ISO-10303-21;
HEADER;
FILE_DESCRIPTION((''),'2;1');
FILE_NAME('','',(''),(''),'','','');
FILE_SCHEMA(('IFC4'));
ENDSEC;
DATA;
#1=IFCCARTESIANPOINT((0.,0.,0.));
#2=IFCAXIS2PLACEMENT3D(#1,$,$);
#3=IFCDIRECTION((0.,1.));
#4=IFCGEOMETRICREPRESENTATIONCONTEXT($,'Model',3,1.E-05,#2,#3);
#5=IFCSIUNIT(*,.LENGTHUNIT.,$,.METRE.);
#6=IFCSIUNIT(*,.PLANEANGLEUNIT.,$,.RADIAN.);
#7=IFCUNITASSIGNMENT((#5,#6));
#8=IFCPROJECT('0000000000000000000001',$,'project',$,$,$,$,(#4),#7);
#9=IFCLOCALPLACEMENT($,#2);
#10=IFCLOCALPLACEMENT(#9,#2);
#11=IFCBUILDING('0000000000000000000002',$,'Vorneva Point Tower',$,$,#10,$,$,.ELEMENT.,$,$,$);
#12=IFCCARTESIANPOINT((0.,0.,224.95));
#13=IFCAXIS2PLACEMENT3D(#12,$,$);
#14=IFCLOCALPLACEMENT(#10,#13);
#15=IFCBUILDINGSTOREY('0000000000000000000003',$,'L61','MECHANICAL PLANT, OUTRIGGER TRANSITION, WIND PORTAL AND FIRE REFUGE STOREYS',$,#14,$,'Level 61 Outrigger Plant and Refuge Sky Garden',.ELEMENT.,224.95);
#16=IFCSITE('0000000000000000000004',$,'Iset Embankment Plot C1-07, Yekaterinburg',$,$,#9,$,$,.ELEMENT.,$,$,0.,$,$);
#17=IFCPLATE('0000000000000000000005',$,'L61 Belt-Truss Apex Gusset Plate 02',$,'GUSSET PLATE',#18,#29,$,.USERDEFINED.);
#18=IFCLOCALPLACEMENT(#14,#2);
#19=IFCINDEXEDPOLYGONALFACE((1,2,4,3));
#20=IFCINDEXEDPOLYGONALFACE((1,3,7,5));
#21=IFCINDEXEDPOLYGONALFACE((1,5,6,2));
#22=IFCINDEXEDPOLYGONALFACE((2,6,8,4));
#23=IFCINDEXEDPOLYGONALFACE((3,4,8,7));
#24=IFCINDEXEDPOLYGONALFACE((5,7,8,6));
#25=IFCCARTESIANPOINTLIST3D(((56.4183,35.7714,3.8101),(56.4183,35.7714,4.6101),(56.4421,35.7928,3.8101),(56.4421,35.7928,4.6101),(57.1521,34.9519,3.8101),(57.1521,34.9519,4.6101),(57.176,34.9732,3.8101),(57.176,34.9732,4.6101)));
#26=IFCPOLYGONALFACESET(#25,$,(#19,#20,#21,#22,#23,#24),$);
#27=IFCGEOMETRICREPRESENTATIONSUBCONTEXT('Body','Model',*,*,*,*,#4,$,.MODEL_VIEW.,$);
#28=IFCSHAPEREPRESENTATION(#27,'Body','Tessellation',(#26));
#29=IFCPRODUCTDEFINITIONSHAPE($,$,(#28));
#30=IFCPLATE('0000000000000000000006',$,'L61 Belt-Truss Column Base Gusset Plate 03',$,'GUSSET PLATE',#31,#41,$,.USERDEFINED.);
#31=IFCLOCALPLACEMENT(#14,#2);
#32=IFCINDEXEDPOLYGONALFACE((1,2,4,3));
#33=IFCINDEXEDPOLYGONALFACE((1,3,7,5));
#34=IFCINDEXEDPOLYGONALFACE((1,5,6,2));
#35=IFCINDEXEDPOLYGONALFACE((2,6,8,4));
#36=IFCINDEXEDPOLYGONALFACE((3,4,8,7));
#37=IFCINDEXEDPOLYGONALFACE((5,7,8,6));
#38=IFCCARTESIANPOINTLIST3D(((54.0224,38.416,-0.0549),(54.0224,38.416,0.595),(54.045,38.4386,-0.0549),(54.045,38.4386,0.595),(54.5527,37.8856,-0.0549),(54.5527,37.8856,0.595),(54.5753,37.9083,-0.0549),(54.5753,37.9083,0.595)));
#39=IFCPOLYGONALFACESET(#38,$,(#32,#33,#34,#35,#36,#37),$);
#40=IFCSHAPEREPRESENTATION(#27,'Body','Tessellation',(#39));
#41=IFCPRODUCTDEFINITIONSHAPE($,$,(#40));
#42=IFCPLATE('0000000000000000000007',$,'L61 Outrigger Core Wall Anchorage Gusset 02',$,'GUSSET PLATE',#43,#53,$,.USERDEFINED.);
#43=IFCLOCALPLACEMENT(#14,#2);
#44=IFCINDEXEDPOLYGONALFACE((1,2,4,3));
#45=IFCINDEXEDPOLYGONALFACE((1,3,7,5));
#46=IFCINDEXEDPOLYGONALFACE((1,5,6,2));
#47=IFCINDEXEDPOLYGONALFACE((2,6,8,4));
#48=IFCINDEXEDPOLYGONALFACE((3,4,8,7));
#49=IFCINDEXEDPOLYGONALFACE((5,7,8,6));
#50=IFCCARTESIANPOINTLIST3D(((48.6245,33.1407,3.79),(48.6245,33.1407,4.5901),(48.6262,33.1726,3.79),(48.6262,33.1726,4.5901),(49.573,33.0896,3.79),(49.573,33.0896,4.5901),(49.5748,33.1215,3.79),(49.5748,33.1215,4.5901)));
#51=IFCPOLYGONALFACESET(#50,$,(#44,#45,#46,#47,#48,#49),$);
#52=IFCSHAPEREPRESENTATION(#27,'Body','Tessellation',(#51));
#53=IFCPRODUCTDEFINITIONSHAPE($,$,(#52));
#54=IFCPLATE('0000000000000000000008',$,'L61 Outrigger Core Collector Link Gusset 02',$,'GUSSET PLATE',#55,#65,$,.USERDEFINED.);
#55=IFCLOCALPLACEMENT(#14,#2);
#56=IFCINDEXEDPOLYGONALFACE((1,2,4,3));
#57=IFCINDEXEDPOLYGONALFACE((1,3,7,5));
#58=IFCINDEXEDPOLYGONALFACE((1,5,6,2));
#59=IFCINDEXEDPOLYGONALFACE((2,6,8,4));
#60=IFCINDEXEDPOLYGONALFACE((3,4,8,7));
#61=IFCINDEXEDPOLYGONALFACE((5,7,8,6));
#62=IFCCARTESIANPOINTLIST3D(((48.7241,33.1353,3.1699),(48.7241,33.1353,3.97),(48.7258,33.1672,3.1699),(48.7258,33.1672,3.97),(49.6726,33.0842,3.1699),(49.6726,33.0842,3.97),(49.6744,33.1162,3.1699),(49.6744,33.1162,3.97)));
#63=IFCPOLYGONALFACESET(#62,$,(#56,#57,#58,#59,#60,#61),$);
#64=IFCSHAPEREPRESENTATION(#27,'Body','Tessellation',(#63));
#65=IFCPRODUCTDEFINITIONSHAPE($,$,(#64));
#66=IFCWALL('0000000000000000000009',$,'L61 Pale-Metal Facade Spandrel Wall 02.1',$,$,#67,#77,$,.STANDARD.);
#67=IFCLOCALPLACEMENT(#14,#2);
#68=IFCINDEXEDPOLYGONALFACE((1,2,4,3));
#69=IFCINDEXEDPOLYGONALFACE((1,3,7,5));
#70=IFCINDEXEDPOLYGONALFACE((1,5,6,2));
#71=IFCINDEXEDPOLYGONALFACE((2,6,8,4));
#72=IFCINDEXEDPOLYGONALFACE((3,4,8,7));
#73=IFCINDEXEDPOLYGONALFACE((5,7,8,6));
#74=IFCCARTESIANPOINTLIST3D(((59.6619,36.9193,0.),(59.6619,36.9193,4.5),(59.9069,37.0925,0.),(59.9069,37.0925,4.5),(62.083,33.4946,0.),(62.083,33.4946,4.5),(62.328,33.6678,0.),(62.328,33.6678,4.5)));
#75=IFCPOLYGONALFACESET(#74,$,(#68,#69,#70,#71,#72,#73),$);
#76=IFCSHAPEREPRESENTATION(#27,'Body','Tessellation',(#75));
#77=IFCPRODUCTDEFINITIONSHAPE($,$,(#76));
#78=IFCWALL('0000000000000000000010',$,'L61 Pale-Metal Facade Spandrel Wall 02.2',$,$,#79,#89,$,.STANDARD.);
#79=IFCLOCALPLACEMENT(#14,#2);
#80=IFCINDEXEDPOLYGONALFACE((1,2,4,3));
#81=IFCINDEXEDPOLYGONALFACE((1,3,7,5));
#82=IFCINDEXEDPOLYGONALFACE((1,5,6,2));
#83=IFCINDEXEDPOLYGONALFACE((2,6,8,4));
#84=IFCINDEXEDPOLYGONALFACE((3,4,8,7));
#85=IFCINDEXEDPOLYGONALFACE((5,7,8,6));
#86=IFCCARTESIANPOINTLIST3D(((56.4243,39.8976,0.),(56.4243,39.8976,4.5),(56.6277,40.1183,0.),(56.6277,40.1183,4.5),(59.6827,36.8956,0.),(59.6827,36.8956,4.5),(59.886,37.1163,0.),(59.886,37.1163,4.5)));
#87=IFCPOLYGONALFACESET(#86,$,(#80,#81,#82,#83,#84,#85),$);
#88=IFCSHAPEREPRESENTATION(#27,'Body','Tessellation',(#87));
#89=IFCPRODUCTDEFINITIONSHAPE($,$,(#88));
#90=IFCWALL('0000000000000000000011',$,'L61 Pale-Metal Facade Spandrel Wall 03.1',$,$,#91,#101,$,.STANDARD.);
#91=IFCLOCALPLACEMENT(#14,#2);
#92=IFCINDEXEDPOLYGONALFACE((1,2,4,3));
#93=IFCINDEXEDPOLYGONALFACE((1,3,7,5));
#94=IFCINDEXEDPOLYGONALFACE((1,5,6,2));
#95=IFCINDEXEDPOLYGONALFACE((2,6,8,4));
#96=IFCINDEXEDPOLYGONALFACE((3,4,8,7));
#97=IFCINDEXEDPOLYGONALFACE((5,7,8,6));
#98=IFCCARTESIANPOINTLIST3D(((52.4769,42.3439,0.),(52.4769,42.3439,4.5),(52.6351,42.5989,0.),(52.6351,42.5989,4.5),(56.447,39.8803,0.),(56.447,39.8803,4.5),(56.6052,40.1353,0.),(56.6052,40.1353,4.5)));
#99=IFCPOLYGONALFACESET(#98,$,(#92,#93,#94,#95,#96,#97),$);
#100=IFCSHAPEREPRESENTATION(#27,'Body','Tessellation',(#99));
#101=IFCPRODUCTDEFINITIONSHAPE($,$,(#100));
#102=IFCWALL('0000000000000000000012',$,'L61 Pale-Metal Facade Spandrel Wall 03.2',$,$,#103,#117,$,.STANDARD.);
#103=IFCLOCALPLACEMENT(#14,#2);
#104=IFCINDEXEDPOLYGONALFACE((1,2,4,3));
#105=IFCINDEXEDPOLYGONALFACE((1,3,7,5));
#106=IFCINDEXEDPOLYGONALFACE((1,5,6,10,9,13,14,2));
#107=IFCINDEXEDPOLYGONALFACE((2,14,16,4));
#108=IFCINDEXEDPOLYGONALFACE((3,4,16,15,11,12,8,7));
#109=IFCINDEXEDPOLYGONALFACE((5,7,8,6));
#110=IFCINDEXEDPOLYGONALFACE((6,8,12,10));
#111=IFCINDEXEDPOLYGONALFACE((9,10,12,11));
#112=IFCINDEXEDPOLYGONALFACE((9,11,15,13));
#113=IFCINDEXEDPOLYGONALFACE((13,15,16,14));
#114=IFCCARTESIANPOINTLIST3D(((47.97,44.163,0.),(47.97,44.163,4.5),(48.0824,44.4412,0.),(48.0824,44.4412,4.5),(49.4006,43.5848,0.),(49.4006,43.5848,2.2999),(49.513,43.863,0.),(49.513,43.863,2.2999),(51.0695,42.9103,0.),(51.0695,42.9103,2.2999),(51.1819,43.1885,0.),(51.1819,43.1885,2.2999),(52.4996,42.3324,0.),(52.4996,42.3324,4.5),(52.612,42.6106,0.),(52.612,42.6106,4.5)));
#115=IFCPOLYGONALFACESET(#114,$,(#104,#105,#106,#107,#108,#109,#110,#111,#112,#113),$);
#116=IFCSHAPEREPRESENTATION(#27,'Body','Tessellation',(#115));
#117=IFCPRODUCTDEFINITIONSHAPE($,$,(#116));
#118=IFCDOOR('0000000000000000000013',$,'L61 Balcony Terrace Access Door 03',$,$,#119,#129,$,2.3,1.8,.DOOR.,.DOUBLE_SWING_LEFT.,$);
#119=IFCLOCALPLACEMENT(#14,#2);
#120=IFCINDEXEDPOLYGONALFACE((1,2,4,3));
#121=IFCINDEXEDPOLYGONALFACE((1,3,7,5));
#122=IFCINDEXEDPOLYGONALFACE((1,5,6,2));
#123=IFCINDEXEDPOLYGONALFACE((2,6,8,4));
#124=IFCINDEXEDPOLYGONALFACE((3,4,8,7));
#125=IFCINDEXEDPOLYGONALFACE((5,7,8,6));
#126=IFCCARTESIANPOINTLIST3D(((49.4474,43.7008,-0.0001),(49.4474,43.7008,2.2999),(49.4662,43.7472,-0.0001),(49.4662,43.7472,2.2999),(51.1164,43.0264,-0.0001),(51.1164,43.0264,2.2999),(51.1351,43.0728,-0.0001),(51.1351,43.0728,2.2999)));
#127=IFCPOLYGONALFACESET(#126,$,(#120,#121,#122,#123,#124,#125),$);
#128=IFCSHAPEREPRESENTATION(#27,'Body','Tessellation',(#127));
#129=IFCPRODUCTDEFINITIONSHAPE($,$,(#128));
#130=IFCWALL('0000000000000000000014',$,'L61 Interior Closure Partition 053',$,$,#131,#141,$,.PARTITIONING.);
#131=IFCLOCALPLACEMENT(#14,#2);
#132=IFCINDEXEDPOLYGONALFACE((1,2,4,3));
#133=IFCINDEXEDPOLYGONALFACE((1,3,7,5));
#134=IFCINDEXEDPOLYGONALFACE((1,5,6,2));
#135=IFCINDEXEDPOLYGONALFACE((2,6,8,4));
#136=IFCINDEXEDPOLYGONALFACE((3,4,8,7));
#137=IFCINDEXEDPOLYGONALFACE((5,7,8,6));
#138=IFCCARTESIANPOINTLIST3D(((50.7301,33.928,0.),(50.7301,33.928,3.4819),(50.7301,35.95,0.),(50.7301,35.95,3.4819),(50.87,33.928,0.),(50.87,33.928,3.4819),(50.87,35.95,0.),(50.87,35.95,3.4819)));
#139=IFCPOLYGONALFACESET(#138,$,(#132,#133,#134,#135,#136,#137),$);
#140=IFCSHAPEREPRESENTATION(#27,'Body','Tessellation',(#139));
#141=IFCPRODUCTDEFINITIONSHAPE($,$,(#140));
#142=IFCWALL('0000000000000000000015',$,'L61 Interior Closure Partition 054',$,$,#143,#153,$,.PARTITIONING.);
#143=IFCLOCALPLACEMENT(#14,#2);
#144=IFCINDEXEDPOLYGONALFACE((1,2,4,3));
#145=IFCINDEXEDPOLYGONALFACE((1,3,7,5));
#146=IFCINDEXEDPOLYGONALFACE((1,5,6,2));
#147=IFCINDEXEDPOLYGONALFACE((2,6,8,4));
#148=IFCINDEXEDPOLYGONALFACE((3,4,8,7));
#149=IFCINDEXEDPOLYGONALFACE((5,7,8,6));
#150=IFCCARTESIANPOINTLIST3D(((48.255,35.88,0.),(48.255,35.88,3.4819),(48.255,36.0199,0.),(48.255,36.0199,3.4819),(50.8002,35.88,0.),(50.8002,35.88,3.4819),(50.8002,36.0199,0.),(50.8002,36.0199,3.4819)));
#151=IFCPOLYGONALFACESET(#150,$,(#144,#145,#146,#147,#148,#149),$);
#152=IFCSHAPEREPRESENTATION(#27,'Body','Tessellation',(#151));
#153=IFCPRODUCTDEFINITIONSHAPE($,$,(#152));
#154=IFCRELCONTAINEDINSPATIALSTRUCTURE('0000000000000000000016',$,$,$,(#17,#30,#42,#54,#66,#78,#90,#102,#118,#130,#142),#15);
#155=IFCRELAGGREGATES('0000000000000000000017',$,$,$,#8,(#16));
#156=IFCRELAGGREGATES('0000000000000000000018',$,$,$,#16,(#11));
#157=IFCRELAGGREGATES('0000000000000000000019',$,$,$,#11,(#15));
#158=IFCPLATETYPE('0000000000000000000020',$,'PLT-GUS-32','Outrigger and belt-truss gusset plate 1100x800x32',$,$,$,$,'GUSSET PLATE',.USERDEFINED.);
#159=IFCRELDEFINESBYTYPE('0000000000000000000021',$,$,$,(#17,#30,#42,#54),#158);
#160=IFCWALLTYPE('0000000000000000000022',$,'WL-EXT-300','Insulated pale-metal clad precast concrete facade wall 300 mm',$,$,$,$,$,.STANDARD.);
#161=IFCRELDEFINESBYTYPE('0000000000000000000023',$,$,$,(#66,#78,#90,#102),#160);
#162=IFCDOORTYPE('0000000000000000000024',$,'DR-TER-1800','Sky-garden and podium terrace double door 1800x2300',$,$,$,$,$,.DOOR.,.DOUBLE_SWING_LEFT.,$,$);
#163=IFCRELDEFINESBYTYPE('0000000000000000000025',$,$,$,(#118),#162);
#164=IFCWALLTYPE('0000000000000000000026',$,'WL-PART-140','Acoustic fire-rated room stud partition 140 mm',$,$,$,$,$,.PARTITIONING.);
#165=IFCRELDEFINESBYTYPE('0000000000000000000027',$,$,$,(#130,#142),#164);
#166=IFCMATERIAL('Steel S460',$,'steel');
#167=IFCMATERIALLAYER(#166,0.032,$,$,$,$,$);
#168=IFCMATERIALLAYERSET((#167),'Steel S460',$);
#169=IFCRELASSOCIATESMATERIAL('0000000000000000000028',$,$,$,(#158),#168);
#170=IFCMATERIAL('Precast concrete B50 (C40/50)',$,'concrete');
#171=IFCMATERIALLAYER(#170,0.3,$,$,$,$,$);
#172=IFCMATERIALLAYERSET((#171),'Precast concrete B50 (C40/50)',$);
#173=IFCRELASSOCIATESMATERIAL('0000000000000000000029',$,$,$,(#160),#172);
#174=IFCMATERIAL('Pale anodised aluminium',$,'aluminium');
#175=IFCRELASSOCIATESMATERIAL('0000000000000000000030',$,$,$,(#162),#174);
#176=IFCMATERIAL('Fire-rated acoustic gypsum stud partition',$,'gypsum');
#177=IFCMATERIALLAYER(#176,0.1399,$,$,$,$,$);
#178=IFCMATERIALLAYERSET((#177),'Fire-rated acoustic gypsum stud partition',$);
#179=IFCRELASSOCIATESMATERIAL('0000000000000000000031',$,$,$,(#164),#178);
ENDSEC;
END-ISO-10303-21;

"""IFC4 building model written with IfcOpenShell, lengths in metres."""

from ifc_helpers import new_model, si_unit, direction, frame, frame_2d, origin, origin_2d, place, context, subcontext, project, spatial, rectangle, extrude, material, layer, layer_set, type_object, element, fill, save


model = new_model("IFC4")

# Units and contexts
model_context = context("Model", 3, precision=1e-05, world=origin(), true_north=direction((0.0, 1.0)))
body_context = subcontext(model_context, "Body", "Model", "MODEL_VIEW")
ifc_project = project(units=[si_unit("LENGTHUNIT", "METRE"), si_unit("PLANEANGLEUNIT", "RADIAN")], contexts=[model_context])

# Site, building, storey
site_placement = place(None, origin())
site = spatial("IfcSite", under=ifc_project, at=site_placement, Name="Iset Embankment Plot C1-07, Yekaterinburg", CompositionType="ELEMENT", RefElevation=0.0)
building_placement = place(site_placement, origin())
building = spatial("IfcBuilding", under=site, at=building_placement, Name="Vorneva Point Tower", CompositionType="ELEMENT")
storey_placement = place(building_placement, frame((0.0, 0.0, 224.95)))
storey = spatial("IfcBuildingStorey", under=building, at=storey_placement, Name="L61", Description="MECHANICAL PLANT, OUTRIGGER TRANSITION, WIND PORTAL AND FIRE REFUGE STOREYS", LongName="Level 61 Outrigger Plant and Refuge Sky Garden", CompositionType="ELEMENT", Elevation=224.95)

# Shared definitions
ifc_material_1 = material(Name="Steel S460", Category="steel")

# Plates
ifc_layer_1 = layer(ifc_material_1, 0.032)
ifc_layer_set_1 = layer_set([ifc_layer_1], Name="Steel S460")
plate_type_1 = type_object("IfcPlateType", Name="PLT-GUS-32", Description="Outrigger and belt-truss gusset plate 1100x800x32", ElementType="GUSSET PLATE", PredefinedType="USERDEFINED", material=ifc_layer_set_1)
plate_1_placement = place(storey_placement, frame((56.7971, 35.3723, 3.8101), z_axis=(0.0, 0.0, 1.0), x_axis=(-0.667092, 0.744976, 0.0)))
element("IfcPlate", 1, at=plate_1_placement, inside=storey, type_object=plate_type_1, Name="L61 Belt-Truss Apex Gusset Plate 02", ObjectType="GUSSET PLATE", PredefinedType="USERDEFINED", context=body_context, shape_type="SweptSolid", body=[
    extrude(rectangle(XDim=1.1001, YDim=0.032, at=origin_2d()), origin(), (0.0, 0.0, 1.0), 0.8),
])
plate_2_placement = place(storey_placement, frame((54.2988, 38.1621, -0.0549), z_axis=(0.0, 0.0, 1.0), x_axis=(-0.707107, 0.707107, 0.0)))
element("IfcPlate", 2, at=plate_2_placement, inside=storey, type_object=plate_type_1, Name="L61 Belt-Truss Column Base Gusset Plate 03", ObjectType="GUSSET PLATE", PredefinedType="USERDEFINED", context=body_context, shape_type="SweptSolid", body=[
    extrude(rectangle(XDim=0.75, YDim=0.032, at=origin_2d()), origin(), (0.0, 0.0, 1.0), 0.6499),
])
for number, where, z_axis, x_axis, name in (
    (3, (49.0996, 33.1311, 3.79), (0.0, 0.0, 1.0), (0.998554, -0.053765, 0.0), "L61 Outrigger Core Wall Anchorage Gusset 02"),
    (4, (49.1992, 33.1257, 3.1699), (0.0, 0.0, 1.0), (0.998554, -0.053765, 0.0), "L61 Outrigger Core Collector Link Gusset 02"),
):
    element("IfcPlate", number, at=place(storey_placement, frame(where, z_axis=z_axis, x_axis=x_axis)), inside=storey, type_object=plate_type_1, Name=name, ObjectType="GUSSET PLATE", PredefinedType="USERDEFINED", context=body_context, shape_type="SweptSolid", body=[
        extrude(rectangle(XDim=0.95, YDim=0.032, at=origin_2d()), origin(), (0.0, 0.0, 1.0), 0.8),
    ])

# Walls
ifc_material_2 = material(Name="Precast concrete B50 (C40/50)", Category="concrete")
ifc_layer_2 = layer(ifc_material_2, 0.3)
ifc_layer_set_2 = layer_set([ifc_layer_2], Name="Precast concrete B50 (C40/50)")
wall_type_1 = type_object("IfcWallType", Name="WL-EXT-300", Description="Insulated pale-metal clad precast concrete facade wall 300 mm", PredefinedType="STANDARD", material=ifc_layer_set_2)
wall_1_placement = place(storey_placement, frame((62.2056, 33.5811, 0.0), z_axis=(0.0, 0.0, 1.0), x_axis=(-0.577261, 0.81656, 0.0)))
element("IfcWall", 5, at=wall_1_placement, inside=storey, type_object=wall_type_1, Name="L61 Pale-Metal Facade Spandrel Wall 02.1", PredefinedType="STANDARD", context=body_context, shape_type="SweptSolid", body=[
    extrude(rectangle(XDim=4.1941, YDim=0.3, at=frame_2d((2.0972, 0.0))), origin(), (0.0, 0.0, 1.0), 4.5),
])
wall_2_placement = place(storey_placement, frame((59.7844, 37.0059, 0.0), z_axis=(0.0, 0.0, 1.0), x_axis=(-0.735445, 0.677584, 0.0)))
element("IfcWall", 6, at=wall_2_placement, inside=storey, type_object=wall_type_1, Name="L61 Pale-Metal Facade Spandrel Wall 02.2", PredefinedType="STANDARD", context=body_context, shape_type="SweptSolid", body=[
    extrude(rectangle(XDim=4.4304, YDim=0.3, at=frame_2d((2.2153, 0.0))), origin(), (0.0, 0.0, 1.0), 4.5),
])
wall_3_placement = place(storey_placement, frame((56.5261, 40.0078, 0.0), z_axis=(0.0, 0.0, 1.0), x_axis=(-0.849702, 0.527263, 0.0)))
element("IfcWall", 7, at=wall_3_placement, inside=storey, type_object=wall_type_1, Name="L61 Pale-Metal Facade Spandrel Wall 03.1", PredefinedType="STANDARD", context=body_context, shape_type="SweptSolid", body=[
    extrude(rectangle(XDim=4.6724, YDim=0.3, at=frame_2d((2.3362, 0.0))), origin(), (0.0, 0.0, 1.0), 4.5),
])

# Wall, opening, door
wall_4_placement = place(storey_placement, frame((52.5559, 42.4714, 0.0), z_axis=(0.0, 0.0, 1.0), x_axis=(-0.927147, 0.374697, 0.0)))
wall_4 = element("IfcWall", 8, at=wall_4_placement, inside=storey, type_object=wall_type_1, Name="L61 Pale-Metal Facade Spandrel Wall 03.2", PredefinedType="STANDARD", context=body_context, shape_type="SweptSolid", body=[
    extrude(rectangle(XDim=4.8855, YDim=0.3, at=frame_2d((2.4429, 0.0))), origin(), (0.0, 0.0, 1.0), 4.5),
])
opening_placement = place(wall_4_placement, frame((1.5427, 0.0, 0.0)))
opening = element("IfcOpeningElement", 9, at=opening_placement, cuts=wall_4, PredefinedType="OPENING", context=body_context, shape_type="SweptSolid", body=[
    extrude(rectangle(XDim=1.8, YDim=2.3, at=frame_2d((0.8999, 1.1499))), frame((0.0, 0.165, 0.0), z_axis=(0.0, -1.0, 0.0), x_axis=(1.0, 0.0, 0.0)), (0.0, 0.0, 1.0), 0.3298),
])
ifc_material_3 = material(Name="Pale anodised aluminium", Category="aluminium")
door_type = type_object("IfcDoorType", Name="DR-TER-1800", Description="Sky-garden and podium terrace double door 1800x2300", OperationType="DOUBLE_SWING_LEFT", PredefinedType="DOOR", material=ifc_material_3)
door_placement = place(opening_placement, origin())
door = element("IfcDoor", 10, at=door_placement, inside=storey, type_object=door_type, Name="L61 Balcony Terrace Access Door 03", OperationType="DOUBLE_SWING_LEFT", OverallHeight=2.3, OverallWidth=1.8, PredefinedType="DOOR", context=body_context, shape_type="SweptSolid", body=[
    extrude(rectangle(XDim=1.8, YDim=2.3, at=frame_2d((0.8999, 1.1499))), frame((0.0, 0.0249, 0.0), z_axis=(0.0, -1.0, 0.0), x_axis=(1.0, 0.0, 0.0)), (0.0, 0.0, 1.0), 0.05),
])
fill(opening, door)

# Walls
ifc_material_4 = material(Name="Fire-rated acoustic gypsum stud partition", Category="gypsum")
ifc_layer_3 = layer(ifc_material_4, 0.1399)
ifc_layer_set_3 = layer_set([ifc_layer_3], Name="Fire-rated acoustic gypsum stud partition")
wall_type_2 = type_object("IfcWallType", Name="WL-PART-140", Description="Acoustic fire-rated room stud partition 140 mm", PredefinedType="PARTITIONING", material=ifc_layer_set_3)
wall_5_placement = place(storey_placement, frame((50.8, 33.928, 0.0), z_axis=(0.0, 0.0, 1.0), x_axis=(0.0, 1.0, 0.0)))
element("IfcWall", 11, at=wall_5_placement, inside=storey, type_object=wall_type_2, Name="L61 Interior Closure Partition 053", PredefinedType="PARTITIONING", context=body_context, shape_type="SweptSolid", body=[
    extrude(rectangle(XDim=2.022, YDim=0.1399, at=frame_2d((1.011, 0.0))), origin(), (0.0, 0.0, 1.0), 3.4819),
])
wall_6_placement = place(storey_placement, frame((50.8, 35.95, 0.0), z_axis=(0.0, 0.0, 1.0), x_axis=(-1.0, 0.0, 0.0)))
element("IfcWall", 12, at=wall_6_placement, inside=storey, type_object=wall_type_2, Name="L61 Interior Closure Partition 054", PredefinedType="PARTITIONING", context=body_context, shape_type="SweptSolid", body=[
    extrude(rectangle(XDim=2.5452, YDim=0.1399, at=frame_2d((1.2725, 0.0))), origin(), (0.0, 0.0, 1.0), 3.4819),
])

save(model, "model.ifc")
